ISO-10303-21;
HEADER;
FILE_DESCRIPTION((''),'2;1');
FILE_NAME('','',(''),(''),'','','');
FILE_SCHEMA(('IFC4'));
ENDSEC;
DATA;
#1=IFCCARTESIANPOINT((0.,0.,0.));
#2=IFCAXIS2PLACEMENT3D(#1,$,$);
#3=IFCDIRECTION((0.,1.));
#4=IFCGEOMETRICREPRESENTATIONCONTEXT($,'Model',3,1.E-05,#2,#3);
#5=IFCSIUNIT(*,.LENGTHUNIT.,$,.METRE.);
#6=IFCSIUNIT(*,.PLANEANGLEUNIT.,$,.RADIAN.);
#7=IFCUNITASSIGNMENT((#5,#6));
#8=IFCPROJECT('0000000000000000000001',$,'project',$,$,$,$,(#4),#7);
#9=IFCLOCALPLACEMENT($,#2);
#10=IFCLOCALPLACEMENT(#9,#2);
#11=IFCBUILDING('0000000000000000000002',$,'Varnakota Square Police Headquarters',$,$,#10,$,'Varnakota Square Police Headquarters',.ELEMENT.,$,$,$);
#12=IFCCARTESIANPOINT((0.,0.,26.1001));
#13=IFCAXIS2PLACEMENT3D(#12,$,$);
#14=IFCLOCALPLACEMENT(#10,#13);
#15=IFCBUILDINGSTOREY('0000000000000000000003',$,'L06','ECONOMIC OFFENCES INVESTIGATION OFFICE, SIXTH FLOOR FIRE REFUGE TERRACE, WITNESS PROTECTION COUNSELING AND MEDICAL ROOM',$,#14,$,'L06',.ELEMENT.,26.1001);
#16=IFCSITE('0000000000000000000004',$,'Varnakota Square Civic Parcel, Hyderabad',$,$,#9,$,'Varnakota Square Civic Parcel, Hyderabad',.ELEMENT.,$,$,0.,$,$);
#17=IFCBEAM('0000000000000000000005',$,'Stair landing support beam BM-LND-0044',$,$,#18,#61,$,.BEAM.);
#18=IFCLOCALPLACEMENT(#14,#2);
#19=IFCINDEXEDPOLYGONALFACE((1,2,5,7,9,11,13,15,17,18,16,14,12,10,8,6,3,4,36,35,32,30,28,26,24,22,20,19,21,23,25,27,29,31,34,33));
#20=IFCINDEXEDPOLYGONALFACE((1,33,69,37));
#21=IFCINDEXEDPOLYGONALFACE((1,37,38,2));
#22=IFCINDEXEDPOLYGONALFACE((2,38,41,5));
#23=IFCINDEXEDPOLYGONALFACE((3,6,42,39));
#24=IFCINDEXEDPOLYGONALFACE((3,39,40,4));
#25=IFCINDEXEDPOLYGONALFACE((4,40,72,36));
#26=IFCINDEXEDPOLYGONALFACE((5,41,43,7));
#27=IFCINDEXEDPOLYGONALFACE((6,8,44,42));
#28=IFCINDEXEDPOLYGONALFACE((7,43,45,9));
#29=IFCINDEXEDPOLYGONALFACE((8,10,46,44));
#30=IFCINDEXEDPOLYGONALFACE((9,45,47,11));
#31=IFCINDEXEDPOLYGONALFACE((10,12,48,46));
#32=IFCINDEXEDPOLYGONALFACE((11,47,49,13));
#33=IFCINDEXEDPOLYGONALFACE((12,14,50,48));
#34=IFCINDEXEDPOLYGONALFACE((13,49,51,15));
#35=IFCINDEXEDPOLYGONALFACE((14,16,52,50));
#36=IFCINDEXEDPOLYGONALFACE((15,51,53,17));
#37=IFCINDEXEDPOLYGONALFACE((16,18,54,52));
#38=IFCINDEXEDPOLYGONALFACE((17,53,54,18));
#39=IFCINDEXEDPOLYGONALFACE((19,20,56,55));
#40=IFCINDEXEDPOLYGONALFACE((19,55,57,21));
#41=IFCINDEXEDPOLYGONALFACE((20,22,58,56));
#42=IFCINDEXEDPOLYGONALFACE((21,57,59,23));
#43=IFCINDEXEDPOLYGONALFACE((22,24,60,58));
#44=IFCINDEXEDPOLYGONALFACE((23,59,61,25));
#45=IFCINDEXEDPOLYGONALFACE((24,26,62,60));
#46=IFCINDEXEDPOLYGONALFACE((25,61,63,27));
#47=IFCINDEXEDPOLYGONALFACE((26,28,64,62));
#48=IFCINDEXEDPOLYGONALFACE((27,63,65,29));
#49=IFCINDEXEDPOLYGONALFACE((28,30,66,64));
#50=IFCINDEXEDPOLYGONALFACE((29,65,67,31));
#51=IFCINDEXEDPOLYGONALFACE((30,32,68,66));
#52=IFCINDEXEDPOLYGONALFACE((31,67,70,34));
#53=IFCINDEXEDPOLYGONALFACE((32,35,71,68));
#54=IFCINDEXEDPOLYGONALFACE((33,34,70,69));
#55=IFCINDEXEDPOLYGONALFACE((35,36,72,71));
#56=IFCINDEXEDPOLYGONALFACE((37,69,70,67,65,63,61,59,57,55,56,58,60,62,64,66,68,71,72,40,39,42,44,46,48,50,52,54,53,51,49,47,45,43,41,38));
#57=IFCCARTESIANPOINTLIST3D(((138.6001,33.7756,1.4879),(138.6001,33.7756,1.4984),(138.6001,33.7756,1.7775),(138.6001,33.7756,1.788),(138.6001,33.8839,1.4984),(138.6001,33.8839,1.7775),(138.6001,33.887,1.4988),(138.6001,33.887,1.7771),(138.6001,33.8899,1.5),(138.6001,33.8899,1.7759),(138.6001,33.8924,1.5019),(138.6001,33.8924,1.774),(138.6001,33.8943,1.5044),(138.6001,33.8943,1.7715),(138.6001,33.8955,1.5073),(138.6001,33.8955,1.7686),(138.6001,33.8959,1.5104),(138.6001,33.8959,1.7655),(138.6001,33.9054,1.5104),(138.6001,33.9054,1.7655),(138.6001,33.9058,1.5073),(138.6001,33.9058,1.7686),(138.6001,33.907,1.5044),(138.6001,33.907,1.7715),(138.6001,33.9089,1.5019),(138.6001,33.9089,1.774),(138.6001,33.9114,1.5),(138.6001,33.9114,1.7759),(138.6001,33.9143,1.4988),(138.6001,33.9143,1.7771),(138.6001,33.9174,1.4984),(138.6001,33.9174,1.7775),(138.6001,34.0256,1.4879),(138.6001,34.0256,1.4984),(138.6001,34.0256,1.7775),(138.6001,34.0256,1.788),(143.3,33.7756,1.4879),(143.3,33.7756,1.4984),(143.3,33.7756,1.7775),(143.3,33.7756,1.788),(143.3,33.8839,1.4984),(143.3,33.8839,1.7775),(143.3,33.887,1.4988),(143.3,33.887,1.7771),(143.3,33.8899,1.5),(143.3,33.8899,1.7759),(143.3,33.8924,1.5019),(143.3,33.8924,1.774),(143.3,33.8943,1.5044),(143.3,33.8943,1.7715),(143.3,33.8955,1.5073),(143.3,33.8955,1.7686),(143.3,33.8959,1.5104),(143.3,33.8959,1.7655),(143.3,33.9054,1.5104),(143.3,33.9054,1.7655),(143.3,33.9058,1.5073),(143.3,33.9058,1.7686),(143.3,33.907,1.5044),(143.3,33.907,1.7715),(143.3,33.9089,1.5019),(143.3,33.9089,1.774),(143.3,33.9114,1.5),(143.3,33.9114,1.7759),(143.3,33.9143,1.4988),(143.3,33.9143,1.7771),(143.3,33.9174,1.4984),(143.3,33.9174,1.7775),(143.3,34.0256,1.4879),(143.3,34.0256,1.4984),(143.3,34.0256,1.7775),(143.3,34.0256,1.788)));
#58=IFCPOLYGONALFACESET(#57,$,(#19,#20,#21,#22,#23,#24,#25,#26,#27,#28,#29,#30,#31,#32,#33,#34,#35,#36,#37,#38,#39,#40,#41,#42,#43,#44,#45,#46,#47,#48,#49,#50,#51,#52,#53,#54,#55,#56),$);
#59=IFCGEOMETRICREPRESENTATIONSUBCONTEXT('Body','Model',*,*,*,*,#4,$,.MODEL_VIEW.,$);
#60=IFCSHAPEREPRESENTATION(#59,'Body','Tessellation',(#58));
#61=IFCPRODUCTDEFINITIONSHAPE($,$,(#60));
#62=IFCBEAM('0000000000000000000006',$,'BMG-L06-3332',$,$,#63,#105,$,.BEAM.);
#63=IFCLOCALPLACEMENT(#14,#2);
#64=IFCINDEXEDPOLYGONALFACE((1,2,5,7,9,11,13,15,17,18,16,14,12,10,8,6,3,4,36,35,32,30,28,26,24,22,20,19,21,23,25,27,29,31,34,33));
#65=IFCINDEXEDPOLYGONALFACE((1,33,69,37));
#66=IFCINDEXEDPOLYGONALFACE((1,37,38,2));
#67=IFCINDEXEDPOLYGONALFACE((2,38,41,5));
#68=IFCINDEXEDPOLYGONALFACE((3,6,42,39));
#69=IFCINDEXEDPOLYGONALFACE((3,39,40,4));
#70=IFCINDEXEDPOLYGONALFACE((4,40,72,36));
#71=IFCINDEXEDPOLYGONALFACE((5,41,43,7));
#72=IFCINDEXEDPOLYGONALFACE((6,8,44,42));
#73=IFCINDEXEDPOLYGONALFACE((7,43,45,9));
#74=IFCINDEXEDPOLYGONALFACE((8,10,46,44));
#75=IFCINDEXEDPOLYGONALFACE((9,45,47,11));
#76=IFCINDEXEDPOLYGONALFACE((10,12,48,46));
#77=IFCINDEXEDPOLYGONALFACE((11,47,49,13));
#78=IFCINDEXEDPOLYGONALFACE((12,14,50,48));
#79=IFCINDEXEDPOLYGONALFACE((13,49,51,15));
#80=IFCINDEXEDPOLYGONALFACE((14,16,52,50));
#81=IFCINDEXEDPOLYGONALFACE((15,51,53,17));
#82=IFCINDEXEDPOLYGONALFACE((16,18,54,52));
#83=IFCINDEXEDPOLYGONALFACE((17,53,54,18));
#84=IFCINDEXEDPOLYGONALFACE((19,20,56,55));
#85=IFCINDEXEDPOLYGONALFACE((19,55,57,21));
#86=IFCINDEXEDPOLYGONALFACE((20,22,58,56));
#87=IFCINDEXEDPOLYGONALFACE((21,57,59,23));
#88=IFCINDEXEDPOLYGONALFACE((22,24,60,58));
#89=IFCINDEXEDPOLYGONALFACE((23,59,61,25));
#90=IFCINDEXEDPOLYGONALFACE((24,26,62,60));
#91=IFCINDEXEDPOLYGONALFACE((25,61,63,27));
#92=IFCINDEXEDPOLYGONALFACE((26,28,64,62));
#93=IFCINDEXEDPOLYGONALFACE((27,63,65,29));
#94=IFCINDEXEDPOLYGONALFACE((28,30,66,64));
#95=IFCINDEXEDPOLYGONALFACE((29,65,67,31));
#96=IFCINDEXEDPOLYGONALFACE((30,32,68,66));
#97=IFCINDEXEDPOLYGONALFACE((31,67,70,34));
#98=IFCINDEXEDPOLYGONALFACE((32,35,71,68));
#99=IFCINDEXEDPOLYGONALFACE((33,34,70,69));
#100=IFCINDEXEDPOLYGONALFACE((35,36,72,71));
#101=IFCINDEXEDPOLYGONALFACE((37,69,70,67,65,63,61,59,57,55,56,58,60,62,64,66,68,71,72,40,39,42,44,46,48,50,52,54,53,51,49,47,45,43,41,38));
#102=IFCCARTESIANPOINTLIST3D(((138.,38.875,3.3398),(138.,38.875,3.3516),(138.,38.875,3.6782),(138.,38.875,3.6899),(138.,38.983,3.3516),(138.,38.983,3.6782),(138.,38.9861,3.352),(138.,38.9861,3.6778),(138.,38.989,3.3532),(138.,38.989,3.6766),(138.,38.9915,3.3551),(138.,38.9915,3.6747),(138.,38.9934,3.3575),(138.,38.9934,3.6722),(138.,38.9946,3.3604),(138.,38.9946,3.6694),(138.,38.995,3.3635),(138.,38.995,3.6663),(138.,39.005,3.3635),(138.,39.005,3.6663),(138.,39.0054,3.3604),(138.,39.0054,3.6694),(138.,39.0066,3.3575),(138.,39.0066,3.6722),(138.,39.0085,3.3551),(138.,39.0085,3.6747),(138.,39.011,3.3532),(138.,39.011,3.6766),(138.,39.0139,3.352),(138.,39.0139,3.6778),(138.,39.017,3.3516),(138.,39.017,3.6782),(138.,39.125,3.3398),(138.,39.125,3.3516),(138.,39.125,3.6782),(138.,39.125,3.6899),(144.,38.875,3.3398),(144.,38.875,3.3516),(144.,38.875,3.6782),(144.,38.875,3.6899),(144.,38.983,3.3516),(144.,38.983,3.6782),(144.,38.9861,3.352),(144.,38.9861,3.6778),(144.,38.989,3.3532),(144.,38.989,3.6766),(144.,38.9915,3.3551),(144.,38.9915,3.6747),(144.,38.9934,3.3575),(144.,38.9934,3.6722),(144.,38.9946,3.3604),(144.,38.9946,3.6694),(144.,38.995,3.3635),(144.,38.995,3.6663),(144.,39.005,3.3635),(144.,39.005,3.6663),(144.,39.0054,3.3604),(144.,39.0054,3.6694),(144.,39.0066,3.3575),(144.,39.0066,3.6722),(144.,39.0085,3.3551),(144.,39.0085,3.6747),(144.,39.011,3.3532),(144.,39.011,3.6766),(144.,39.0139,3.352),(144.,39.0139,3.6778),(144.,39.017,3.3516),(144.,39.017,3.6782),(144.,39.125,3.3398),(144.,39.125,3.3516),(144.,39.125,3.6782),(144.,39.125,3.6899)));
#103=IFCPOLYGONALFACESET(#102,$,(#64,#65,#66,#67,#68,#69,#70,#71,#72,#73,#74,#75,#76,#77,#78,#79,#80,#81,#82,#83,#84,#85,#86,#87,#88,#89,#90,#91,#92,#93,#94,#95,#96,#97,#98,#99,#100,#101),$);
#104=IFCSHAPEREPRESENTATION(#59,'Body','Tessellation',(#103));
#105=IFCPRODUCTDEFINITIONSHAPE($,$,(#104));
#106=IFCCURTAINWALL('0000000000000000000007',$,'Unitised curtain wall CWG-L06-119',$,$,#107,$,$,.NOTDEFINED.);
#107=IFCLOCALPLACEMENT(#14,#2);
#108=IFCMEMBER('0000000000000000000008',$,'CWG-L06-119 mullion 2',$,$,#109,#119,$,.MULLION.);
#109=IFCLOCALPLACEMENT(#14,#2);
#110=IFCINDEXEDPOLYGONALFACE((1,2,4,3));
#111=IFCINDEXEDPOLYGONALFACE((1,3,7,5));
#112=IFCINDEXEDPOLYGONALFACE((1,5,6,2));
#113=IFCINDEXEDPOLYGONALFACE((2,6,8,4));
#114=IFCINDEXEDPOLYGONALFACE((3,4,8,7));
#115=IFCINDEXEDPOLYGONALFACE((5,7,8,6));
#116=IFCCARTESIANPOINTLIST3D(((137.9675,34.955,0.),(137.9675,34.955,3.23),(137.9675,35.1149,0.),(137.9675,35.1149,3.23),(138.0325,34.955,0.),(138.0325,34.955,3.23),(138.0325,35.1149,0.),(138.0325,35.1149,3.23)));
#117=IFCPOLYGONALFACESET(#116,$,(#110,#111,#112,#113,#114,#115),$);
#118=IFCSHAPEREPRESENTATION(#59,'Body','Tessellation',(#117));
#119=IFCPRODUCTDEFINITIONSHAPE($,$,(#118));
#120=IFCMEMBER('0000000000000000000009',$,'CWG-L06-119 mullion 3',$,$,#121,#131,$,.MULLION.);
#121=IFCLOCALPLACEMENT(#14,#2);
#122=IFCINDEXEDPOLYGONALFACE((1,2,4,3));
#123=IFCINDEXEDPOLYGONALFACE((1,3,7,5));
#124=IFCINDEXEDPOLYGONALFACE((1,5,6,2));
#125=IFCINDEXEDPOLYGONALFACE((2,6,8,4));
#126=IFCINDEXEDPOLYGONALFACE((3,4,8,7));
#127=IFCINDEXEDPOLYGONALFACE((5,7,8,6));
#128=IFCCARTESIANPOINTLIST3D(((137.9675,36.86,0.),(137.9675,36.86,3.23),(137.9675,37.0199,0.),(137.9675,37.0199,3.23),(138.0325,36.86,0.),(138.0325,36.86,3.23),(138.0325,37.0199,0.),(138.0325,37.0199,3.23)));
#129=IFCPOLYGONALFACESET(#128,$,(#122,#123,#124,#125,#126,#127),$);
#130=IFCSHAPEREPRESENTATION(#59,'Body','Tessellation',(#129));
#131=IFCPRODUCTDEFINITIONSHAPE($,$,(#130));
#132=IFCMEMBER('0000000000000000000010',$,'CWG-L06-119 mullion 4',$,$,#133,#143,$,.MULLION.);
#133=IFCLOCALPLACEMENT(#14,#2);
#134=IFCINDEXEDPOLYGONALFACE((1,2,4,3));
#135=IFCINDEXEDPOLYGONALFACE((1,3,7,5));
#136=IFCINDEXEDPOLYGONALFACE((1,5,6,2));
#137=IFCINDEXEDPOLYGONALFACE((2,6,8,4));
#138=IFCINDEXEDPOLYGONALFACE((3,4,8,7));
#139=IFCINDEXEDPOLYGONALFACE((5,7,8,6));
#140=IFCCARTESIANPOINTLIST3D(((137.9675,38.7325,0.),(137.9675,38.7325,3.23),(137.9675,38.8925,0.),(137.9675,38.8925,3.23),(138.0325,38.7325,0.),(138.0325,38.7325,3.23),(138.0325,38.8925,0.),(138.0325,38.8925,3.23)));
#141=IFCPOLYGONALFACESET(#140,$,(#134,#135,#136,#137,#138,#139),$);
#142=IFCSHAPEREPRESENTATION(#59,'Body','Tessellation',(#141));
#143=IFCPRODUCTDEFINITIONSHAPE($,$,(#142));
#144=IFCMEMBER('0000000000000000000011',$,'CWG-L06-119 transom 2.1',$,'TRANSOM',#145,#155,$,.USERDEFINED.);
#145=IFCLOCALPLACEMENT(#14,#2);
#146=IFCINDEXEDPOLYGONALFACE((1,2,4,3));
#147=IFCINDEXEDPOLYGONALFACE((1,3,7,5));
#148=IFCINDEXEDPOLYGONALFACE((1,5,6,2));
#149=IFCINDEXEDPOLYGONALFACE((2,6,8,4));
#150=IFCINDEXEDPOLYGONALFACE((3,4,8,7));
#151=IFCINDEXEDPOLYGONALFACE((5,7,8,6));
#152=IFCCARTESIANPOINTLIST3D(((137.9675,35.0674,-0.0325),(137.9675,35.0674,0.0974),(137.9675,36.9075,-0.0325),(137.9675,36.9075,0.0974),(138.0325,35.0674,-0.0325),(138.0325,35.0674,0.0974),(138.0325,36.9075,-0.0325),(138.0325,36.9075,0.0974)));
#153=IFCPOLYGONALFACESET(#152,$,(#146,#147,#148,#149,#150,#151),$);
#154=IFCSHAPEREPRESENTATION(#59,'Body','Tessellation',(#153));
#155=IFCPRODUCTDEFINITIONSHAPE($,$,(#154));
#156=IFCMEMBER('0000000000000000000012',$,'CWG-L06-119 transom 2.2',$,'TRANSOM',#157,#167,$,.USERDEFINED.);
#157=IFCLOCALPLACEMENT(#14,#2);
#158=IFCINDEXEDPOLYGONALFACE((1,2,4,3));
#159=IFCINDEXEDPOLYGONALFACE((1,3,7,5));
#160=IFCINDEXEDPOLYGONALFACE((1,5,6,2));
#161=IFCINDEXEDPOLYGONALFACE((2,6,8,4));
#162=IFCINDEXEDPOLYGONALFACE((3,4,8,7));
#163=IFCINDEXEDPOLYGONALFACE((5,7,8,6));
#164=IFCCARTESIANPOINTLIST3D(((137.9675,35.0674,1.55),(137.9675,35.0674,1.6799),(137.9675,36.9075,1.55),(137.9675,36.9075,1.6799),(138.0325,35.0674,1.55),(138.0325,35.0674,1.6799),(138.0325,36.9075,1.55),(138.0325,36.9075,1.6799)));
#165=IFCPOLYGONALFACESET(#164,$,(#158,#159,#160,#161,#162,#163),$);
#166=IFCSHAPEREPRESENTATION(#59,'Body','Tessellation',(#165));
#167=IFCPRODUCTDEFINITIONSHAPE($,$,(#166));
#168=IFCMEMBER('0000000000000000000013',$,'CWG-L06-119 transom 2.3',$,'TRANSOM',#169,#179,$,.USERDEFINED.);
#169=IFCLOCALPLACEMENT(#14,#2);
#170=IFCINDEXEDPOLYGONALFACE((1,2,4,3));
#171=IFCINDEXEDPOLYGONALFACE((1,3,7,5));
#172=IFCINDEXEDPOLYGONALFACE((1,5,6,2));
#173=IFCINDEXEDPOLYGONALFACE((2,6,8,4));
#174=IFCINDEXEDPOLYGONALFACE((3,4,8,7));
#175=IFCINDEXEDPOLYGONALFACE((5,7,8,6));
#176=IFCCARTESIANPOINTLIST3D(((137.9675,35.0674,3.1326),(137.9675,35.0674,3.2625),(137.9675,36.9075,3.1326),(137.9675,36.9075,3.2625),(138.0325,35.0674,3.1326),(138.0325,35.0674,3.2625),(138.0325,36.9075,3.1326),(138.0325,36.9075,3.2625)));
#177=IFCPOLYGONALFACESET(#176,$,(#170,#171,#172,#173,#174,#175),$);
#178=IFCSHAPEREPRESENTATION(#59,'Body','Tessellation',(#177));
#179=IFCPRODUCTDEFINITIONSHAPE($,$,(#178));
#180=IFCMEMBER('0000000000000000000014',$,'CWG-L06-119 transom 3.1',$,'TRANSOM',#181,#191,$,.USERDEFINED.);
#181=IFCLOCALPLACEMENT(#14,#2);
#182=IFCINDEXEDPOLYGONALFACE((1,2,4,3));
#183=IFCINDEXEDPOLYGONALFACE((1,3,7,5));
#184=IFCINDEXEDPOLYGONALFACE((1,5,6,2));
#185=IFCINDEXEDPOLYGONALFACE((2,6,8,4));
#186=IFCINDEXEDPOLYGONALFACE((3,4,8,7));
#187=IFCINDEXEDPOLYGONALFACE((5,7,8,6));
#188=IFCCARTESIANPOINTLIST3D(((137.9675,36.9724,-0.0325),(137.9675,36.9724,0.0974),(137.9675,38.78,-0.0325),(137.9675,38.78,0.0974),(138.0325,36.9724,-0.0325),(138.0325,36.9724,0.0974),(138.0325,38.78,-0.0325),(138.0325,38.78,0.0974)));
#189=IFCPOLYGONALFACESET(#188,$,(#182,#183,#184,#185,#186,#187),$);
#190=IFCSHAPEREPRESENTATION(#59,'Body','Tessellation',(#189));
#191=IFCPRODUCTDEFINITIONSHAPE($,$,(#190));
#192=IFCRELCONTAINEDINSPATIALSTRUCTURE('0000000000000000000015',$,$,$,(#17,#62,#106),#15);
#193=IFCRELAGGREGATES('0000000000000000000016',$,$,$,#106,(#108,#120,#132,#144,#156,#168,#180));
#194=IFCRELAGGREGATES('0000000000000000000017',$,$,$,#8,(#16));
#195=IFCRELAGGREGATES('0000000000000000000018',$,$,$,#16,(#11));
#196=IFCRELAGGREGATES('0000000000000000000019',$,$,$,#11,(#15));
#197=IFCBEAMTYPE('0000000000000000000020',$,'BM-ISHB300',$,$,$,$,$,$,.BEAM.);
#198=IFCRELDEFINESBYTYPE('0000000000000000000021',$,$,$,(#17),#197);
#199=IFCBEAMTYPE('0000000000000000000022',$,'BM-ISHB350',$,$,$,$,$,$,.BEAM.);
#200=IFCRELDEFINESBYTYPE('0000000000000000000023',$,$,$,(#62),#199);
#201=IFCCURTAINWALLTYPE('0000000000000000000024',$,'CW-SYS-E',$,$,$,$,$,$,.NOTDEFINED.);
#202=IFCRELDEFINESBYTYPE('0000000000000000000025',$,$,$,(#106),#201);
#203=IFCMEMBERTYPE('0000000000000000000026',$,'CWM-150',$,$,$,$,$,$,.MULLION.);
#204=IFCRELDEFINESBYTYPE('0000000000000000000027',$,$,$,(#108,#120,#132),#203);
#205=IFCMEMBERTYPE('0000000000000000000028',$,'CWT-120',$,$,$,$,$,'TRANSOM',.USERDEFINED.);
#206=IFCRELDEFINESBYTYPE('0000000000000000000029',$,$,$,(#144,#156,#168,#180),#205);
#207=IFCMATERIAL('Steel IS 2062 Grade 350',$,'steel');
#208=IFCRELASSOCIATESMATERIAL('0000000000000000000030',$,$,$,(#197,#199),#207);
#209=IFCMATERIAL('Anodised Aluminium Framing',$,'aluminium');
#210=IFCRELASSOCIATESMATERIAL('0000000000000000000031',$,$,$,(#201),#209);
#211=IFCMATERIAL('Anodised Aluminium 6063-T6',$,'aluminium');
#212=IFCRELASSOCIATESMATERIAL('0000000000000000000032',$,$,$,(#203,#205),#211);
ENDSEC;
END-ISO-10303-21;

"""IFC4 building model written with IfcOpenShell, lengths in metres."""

from ifc_helpers import new_model, si_unit, direction, frame, origin, origin_2d, place, context, subcontext, project, spatial, rectangle, i_section, extrude, material, material_profile, profile_set, type_object, element, aggregate, save


model = new_model("IFC4")

# Units and contexts
model_context = context("Model", 3, precision=1e-05, world=origin(), true_north=direction((0.0, 1.0)))
body_context = subcontext(model_context, "Body", "Model", "MODEL_VIEW")
ifc_project = project(units=[si_unit("LENGTHUNIT", "METRE"), si_unit("PLANEANGLEUNIT", "RADIAN")], contexts=[model_context])

# Site, building, storey
site_placement = place(None, origin())
site = spatial("IfcSite", under=ifc_project, at=site_placement, Name="Varnakota Square Civic Parcel, Hyderabad", LongName="Varnakota Square Civic Parcel, Hyderabad", CompositionType="ELEMENT", RefElevation=0.0)
building_placement = place(site_placement, origin())
building = spatial("IfcBuilding", under=site, at=building_placement, Name="Varnakota Square Police Headquarters", LongName="Varnakota Square Police Headquarters", CompositionType="ELEMENT")
storey_placement = place(building_placement, frame((0.0, 0.0, 26.1001)))
storey = spatial("IfcBuildingStorey", under=building, at=storey_placement, Name="L06", Description="ECONOMIC OFFENCES INVESTIGATION OFFICE, SIXTH FLOOR FIRE REFUGE TERRACE, WITNESS PROTECTION COUNSELING AND MEDICAL ROOM", LongName="L06", CompositionType="ELEMENT", Elevation=26.1001)

# Shared definitions
ifc_material_1 = material(Name="Steel IS 2062 Grade 350", Category="steel")

# Beams
ifc_material_profile_1 = material_profile(ifc_material_1, i_section(OverallWidth=0.25, OverallDepth=0.3, WebThickness=0.0095, FlangeThickness=0.0105, FilletRadius=0.012, at=origin_2d()), Name="ISHB 300")
ifc_profile_set_1 = profile_set([ifc_material_profile_1], Name="Steel IS 2062 Grade 350")
beam_type_1 = type_object("IfcBeamType", Name="BM-ISHB300", PredefinedType="BEAM", material=ifc_profile_set_1)
beam_1_placement = place(storey_placement, frame((138.6001, 33.9006, 1.6379), z_axis=(1.0, 0.0, 0.0), x_axis=(0.0, 1.0, 0.0)))
element("IfcBeam", 1, at=beam_1_placement, inside=storey, type_object=beam_type_1, Name="Stair landing support beam BM-LND-0044", PredefinedType="BEAM", context=body_context, shape_type="SweptSolid", body=[
    extrude(i_section(OverallWidth=0.25, OverallDepth=0.3, WebThickness=0.0095, FlangeThickness=0.0105, FilletRadius=0.012, at=origin_2d()), origin(), (0.0, 0.0, 1.0), 4.7),
])
ifc_material_profile_2 = material_profile(ifc_material_1, i_section(OverallWidth=0.25, OverallDepth=0.3501, WebThickness=0.01, FlangeThickness=0.0117, FilletRadius=0.012, at=origin_2d()), Name="ISHB 350")
ifc_profile_set_2 = profile_set([ifc_material_profile_2], Name="Steel IS 2062 Grade 350")
beam_type_2 = type_object("IfcBeamType", Name="BM-ISHB350", PredefinedType="BEAM", material=ifc_profile_set_2)
beam_2_placement = place(storey_placement, frame((138.0, 39.0, 3.5149), z_axis=(1.0, 0.0, 0.0), x_axis=(0.0, 1.0, 0.0)))
element("IfcBeam", 2, at=beam_2_placement, inside=storey, type_object=beam_type_2, Name="BMG-L06-3332", PredefinedType="BEAM", context=body_context, shape_type="SweptSolid", body=[
    extrude(i_section(OverallWidth=0.25, OverallDepth=0.3501, WebThickness=0.01, FlangeThickness=0.0117, FilletRadius=0.012, at=origin_2d()), origin(), (0.0, 0.0, 1.0), 6.0),
])

# Curtain wall, members
ifc_material_2 = material(Name="Anodised Aluminium Framing", Category="aluminium")
curtain_wall_type = type_object("IfcCurtainWallType", Name="CW-SYS-E", PredefinedType="NOTDEFINED", material=ifc_material_2)
curtain_wall_placement = place(storey_placement, origin())
curtain_wall = element("IfcCurtainWall", 3, at=curtain_wall_placement, inside=storey, type_object=curtain_wall_type, Name="Unitised curtain wall CWG-L06-119", PredefinedType="NOTDEFINED")
ifc_material_3 = material(Name="Anodised Aluminium 6063-T6", Category="aluminium")
ifc_material_profile_3 = material_profile(ifc_material_3, rectangle(XDim=0.0649, YDim=0.1599, at=origin_2d()), Name="ALU MULLION 65x160")
ifc_profile_set_3 = profile_set([ifc_material_profile_3], Name="Anodised Aluminium 6063-T6")
member_type_1 = type_object("IfcMemberType", Name="CWM-150", PredefinedType="MULLION", material=ifc_profile_set_3)
member_1_placement = place(storey_placement, frame((138.0, 35.0349, 0.0), z_axis=(0.0, 0.0, 1.0), x_axis=(-1.0, 0.0, 0.0)))
member_1 = element("IfcMember", 4, at=member_1_placement, type_object=member_type_1, Name="CWG-L06-119 mullion 2", PredefinedType="MULLION", context=body_context, shape_type="SweptSolid", body=[
    extrude(rectangle(XDim=0.0649, YDim=0.1599, at=origin_2d()), origin(), (0.0, 0.0, 1.0), 3.23),
])
member_2_placement = place(storey_placement, frame((138.0, 36.9399, 0.0), z_axis=(0.0, 0.0, 1.0), x_axis=(-1.0, 0.0, 0.0)))
member_2 = element("IfcMember", 5, at=member_2_placement, type_object=member_type_1, Name="CWG-L06-119 mullion 3", PredefinedType="MULLION", context=body_context, shape_type="SweptSolid", body=[
    extrude(rectangle(XDim=0.0649, YDim=0.1599, at=origin_2d()), origin(), (0.0, 0.0, 1.0), 3.23),
])
member_3_placement = place(storey_placement, frame((138.0, 38.8125, 0.0), z_axis=(0.0, 0.0, 1.0), x_axis=(-1.0, 0.0, 0.0)))
member_3 = element("IfcMember", 6, at=member_3_placement, type_object=member_type_1, Name="CWG-L06-119 mullion 4", PredefinedType="MULLION", context=body_context, shape_type="SweptSolid", body=[
    extrude(rectangle(XDim=0.0649, YDim=0.1599, at=origin_2d()), origin(), (0.0, 0.0, 1.0), 3.23),
])
ifc_material_profile_4 = material_profile(ifc_material_3, rectangle(XDim=0.0649, YDim=0.1299, at=origin_2d()), Name="ALU TRANSOM 65x130")
ifc_profile_set_4 = profile_set([ifc_material_profile_4], Name="Anodised Aluminium 6063-T6")
member_type_2 = type_object("IfcMemberType", Name="CWT-120", ElementType="TRANSOM", PredefinedType="USERDEFINED", material=ifc_profile_set_4)
member_4_placement = place(storey_placement, frame((138.0, 35.0674, 0.0325), z_axis=(0.0, 1.0, 0.0), x_axis=(-1.0, 0.0, 0.0)))
member_4 = element("IfcMember", 7, at=member_4_placement, type_object=member_type_2, Name="CWG-L06-119 transom 2.1", ObjectType="TRANSOM", PredefinedType="USERDEFINED", context=body_context, shape_type="SweptSolid", body=[
    extrude(rectangle(XDim=0.0649, YDim=0.1299, at=origin_2d()), origin(), (0.0, 0.0, 1.0), 1.8401),
])
member_5_placement = place(storey_placement, frame((138.0, 35.0674, 1.615), z_axis=(0.0, 1.0, 0.0), x_axis=(-1.0, 0.0, 0.0)))
member_5 = element("IfcMember", 8, at=member_5_placement, type_object=member_type_2, Name="CWG-L06-119 transom 2.2", ObjectType="TRANSOM", PredefinedType="USERDEFINED", context=body_context, shape_type="SweptSolid", body=[
    extrude(rectangle(XDim=0.0649, YDim=0.1299, at=origin_2d()), origin(), (0.0, 0.0, 1.0), 1.8401),
])
member_6_placement = place(storey_placement, frame((138.0, 35.0674, 3.1975), z_axis=(0.0, 1.0, 0.0), x_axis=(-1.0, 0.0, 0.0)))
member_6 = element("IfcMember", 9, at=member_6_placement, type_object=member_type_2, Name="CWG-L06-119 transom 2.3", ObjectType="TRANSOM", PredefinedType="USERDEFINED", context=body_context, shape_type="SweptSolid", body=[
    extrude(rectangle(XDim=0.0649, YDim=0.1299, at=origin_2d()), origin(), (0.0, 0.0, 1.0), 1.8401),
])
member_7_placement = place(storey_placement, frame((138.0, 36.9724, 0.0325), z_axis=(0.0, 1.0, 0.0), x_axis=(-1.0, 0.0, 0.0)))
member_7 = element("IfcMember", 10, at=member_7_placement, type_object=member_type_2, Name="CWG-L06-119 transom 3.1", ObjectType="TRANSOM", PredefinedType="USERDEFINED", context=body_context, shape_type="SweptSolid", body=[
    extrude(rectangle(XDim=0.0649, YDim=0.1299, at=origin_2d()), origin(), (0.0, 0.0, 1.0), 1.8076),
])
aggregate(curtain_wall, [member_1, member_2, member_3, member_4, member_5, member_6, member_7])

save(model, "model.ifc")
